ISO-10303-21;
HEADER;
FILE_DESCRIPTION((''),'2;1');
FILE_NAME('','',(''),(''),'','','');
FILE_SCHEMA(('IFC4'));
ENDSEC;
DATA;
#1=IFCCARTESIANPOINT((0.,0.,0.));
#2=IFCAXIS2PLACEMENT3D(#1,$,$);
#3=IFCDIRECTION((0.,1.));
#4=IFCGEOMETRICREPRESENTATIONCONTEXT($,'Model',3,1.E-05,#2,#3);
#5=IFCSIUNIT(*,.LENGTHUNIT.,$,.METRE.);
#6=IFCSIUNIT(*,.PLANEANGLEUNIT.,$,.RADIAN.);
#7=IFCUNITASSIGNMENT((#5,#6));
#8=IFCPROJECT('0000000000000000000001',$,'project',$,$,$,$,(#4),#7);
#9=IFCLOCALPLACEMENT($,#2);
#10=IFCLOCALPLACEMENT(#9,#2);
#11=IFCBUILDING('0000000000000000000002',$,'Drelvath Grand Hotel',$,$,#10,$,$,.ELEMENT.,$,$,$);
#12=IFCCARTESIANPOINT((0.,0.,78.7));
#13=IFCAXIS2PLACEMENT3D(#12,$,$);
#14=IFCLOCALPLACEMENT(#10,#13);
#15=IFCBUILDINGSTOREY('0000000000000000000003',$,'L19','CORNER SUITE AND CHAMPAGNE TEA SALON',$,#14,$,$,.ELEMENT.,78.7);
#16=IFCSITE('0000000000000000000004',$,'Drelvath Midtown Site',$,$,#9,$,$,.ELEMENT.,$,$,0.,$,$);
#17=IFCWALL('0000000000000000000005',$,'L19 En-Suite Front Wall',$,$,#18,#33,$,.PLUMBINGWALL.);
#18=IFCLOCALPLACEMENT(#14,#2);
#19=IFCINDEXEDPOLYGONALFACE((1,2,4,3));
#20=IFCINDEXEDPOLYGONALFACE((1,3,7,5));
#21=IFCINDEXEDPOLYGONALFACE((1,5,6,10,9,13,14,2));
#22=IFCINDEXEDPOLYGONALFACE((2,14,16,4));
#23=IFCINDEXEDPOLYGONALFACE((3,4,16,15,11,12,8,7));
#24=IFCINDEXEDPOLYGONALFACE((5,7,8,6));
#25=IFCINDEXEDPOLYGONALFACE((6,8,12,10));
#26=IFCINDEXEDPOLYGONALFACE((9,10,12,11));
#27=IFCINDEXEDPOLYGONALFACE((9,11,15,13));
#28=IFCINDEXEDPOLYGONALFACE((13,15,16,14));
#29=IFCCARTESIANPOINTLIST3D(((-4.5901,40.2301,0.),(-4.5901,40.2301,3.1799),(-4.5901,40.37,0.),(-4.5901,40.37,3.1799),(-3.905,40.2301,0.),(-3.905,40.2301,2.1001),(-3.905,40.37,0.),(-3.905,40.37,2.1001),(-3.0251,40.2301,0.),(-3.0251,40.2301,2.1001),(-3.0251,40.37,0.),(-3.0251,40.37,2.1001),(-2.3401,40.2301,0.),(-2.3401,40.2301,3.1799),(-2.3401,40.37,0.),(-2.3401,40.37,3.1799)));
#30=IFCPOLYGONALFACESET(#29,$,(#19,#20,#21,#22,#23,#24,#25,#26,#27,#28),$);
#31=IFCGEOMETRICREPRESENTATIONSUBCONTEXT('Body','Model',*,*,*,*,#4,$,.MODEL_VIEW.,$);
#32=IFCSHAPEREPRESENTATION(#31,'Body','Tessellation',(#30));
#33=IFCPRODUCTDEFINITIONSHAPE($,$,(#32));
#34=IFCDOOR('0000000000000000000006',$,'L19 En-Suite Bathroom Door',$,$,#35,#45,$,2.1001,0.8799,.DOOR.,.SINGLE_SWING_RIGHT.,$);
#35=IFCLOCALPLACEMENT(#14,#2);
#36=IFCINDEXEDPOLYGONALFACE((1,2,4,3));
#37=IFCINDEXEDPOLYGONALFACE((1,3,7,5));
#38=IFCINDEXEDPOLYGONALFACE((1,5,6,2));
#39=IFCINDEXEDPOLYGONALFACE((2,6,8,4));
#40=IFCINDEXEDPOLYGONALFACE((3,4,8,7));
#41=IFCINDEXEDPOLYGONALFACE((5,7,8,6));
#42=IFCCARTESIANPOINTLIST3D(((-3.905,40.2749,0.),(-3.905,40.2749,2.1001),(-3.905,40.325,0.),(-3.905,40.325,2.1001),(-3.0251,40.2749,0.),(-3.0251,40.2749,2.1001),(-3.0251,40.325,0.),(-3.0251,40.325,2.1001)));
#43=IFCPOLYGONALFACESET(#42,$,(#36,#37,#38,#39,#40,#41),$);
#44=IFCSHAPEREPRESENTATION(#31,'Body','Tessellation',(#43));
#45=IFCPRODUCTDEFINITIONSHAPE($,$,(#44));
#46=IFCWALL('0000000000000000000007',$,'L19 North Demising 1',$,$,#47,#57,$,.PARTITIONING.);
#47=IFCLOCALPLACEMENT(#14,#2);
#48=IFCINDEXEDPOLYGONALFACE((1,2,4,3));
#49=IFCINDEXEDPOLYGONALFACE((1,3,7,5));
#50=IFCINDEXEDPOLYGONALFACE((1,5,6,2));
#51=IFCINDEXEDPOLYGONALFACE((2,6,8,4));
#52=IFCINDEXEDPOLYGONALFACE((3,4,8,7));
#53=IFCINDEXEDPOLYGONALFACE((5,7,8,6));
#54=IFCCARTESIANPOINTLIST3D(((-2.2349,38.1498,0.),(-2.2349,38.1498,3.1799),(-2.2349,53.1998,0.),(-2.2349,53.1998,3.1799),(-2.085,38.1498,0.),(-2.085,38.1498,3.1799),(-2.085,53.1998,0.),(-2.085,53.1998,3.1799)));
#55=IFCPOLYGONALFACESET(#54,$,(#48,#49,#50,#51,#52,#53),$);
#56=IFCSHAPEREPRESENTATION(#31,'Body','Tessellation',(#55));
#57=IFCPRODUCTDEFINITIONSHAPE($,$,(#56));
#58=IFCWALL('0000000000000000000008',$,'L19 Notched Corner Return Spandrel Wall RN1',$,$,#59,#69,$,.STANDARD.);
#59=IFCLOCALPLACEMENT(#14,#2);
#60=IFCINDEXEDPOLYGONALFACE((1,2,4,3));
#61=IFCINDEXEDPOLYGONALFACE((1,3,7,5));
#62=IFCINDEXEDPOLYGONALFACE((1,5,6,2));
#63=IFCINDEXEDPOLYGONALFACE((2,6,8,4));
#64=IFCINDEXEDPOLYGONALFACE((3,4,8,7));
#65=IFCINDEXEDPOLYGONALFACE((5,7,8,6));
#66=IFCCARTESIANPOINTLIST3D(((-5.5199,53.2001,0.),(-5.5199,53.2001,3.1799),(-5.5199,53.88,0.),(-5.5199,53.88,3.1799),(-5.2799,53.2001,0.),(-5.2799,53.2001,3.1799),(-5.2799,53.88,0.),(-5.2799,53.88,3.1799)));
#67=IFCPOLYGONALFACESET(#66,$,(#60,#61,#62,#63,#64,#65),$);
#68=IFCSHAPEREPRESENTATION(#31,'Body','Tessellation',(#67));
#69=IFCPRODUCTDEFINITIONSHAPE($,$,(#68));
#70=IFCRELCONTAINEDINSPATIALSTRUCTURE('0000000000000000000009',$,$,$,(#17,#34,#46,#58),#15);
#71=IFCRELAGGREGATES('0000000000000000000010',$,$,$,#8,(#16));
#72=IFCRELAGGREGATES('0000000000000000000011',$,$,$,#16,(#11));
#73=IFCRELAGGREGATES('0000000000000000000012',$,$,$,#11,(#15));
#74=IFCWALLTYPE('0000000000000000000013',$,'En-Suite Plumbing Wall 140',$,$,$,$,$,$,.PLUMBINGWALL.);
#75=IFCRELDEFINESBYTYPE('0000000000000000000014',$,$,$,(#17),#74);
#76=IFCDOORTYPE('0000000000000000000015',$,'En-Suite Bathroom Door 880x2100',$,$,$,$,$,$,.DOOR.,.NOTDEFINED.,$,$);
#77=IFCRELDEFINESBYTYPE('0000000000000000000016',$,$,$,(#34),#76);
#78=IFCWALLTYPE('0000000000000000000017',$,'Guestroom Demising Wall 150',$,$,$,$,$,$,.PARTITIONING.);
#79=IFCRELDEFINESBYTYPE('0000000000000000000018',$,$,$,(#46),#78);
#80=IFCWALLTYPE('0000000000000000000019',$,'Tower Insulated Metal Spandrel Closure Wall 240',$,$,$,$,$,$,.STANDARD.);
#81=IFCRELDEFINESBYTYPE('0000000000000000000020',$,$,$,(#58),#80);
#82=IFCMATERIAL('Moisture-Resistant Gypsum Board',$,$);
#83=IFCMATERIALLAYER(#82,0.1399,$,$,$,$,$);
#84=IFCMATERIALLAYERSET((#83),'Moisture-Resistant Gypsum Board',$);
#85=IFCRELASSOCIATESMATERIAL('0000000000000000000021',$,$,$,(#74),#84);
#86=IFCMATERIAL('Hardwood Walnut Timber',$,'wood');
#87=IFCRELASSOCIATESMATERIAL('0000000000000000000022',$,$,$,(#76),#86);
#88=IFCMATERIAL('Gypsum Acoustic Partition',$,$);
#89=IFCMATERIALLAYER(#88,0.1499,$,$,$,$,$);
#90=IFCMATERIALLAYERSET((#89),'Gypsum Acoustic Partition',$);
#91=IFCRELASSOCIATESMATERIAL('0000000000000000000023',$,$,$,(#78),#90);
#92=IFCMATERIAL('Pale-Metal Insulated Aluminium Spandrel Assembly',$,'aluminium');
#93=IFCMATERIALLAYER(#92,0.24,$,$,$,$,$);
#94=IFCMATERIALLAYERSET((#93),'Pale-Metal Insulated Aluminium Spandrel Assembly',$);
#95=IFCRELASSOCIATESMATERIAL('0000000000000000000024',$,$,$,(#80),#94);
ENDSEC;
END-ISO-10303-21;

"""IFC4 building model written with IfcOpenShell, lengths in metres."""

from ifc_helpers import new_model, si_unit, direction, frame, frame_2d, origin, place, context, subcontext, project, spatial, rectangle, extrude, material, layer, layer_set, type_object, element, fill, save


model = new_model("IFC4")

# Units and contexts
model_context = context("Model", 3, precision=1e-05, world=origin(), true_north=direction((0.0, 1.0)))
body_context = subcontext(model_context, "Body", "Model", "MODEL_VIEW")
ifc_project = project(units=[si_unit("LENGTHUNIT", "METRE"), si_unit("PLANEANGLEUNIT", "RADIAN")], contexts=[model_context])

# Site, building, storey
site_placement = place(None, origin())
site = spatial("IfcSite", under=ifc_project, at=site_placement, Name="Drelvath Midtown Site", CompositionType="ELEMENT", RefElevation=0.0)
building_placement = place(site_placement, origin())
building = spatial("IfcBuilding", under=site, at=building_placement, Name="Drelvath Grand Hotel", CompositionType="ELEMENT")
storey_placement = place(building_placement, frame((0.0, 0.0, 78.7)))
storey = spatial("IfcBuildingStorey", under=building, at=storey_placement, Name="L19", Description="CORNER SUITE AND CHAMPAGNE TEA SALON", CompositionType="ELEMENT", Elevation=78.7)

# Shared definitions
ifc_material_1 = material(Name="Moisture-Resistant Gypsum Board")
ifc_layer_1 = layer(ifc_material_1, 0.1399)
ifc_layer_set_1 = layer_set([ifc_layer_1], Name="Moisture-Resistant Gypsum Board")
wall_type_1 = type_object("IfcWallType", Name="En-Suite Plumbing Wall 140", PredefinedType="PLUMBINGWALL", material=ifc_layer_set_1)

# Wall, opening, door
wall_1_placement = place(storey_placement, frame((-4.5901, 40.3, 0.0), z_axis=(0.0, 0.0, 1.0), x_axis=(1.0, 0.0, 0.0)))
wall_1 = element("IfcWall", 1, at=wall_1_placement, inside=storey, type_object=wall_type_1, Name="L19 En-Suite Front Wall", PredefinedType="PLUMBINGWALL", context=body_context, shape_type="SweptSolid", body=[
    extrude(rectangle(XDim=2.25, YDim=0.1399, at=frame_2d((1.125, 0.0))), origin(), (0.0, 0.0, 1.0), 3.1799),
])
opening_placement = place(wall_1_placement, frame((0.6851, 0.0, 0.0)))
opening = element("IfcOpeningElement", 2, at=opening_placement, cuts=wall_1, PredefinedType="OPENING", context=body_context, shape_type="SweptSolid", body=[
    extrude(rectangle(XDim=0.8799, YDim=2.1001, at=frame_2d((0.4399, 1.05))), frame((0.0, 0.0798, 0.0), z_axis=(0.0, -1.0, 0.0), x_axis=(1.0, 0.0, 0.0)), (0.0, 0.0, 1.0), 0.1599),
])
ifc_material_2 = material(Name="Hardwood Walnut Timber", Category="wood")
door_type = type_object("IfcDoorType", Name="En-Suite Bathroom Door 880x2100", OperationType="NOTDEFINED", PredefinedType="DOOR", material=ifc_material_2)
door_placement = place(opening_placement, origin())
door = element("IfcDoor", 3, at=door_placement, inside=storey, type_object=door_type, Name="L19 En-Suite Bathroom Door", OperationType="SINGLE_SWING_RIGHT", OverallHeight=2.1001, OverallWidth=0.8799, PredefinedType="DOOR", context=body_context, shape_type="SweptSolid", body=[
    extrude(rectangle(XDim=0.8799, YDim=2.1001, at=frame_2d((0.4399, 1.05))), frame((0.0, 0.0249, 0.0), z_axis=(0.0, -1.0, 0.0), x_axis=(1.0, 0.0, 0.0)), (0.0, 0.0, 1.0), 0.05),
])
fill(opening, door)

# Walls
ifc_material_3 = material(Name="Gypsum Acoustic Partition")
ifc_layer_2 = layer(ifc_material_3, 0.1499)
ifc_layer_set_2 = layer_set([ifc_layer_2], Name="Gypsum Acoustic Partition")
wall_type_2 = type_object("IfcWallType", Name="Guestroom Demising Wall 150", PredefinedType="PARTITIONING", material=ifc_layer_set_2)
wall_2_placement = place(storey_placement, frame((-2.1599, 38.1499, 0.0), z_axis=(0.0, 0.0, 1.0), x_axis=(0.0, 1.0, 0.0)))
element("IfcWall", 4, at=wall_2_placement, inside=storey, type_object=wall_type_2, Name="L19 North Demising 1", PredefinedType="PARTITIONING", context=body_context, shape_type="SweptSolid", body=[
    extrude(rectangle(XDim=15.05, YDim=0.1499, at=frame_2d((7.5249, 0.0))), origin(), (0.0, 0.0, 1.0), 3.1799),
])
ifc_material_4 = material(Name="Pale-Metal Insulated Aluminium Spandrel Assembly", Category="aluminium")
ifc_layer_3 = layer(ifc_material_4, 0.24)
ifc_layer_set_3 = layer_set([ifc_layer_3], Name="Pale-Metal Insulated Aluminium Spandrel Assembly")
wall_type_3 = type_object("IfcWallType", Name="Tower Insulated Metal Spandrel Closure Wall 240", PredefinedType="STANDARD", material=ifc_layer_set_3)
wall_3_placement = place(storey_placement, frame((-5.3999, 53.8799, 0.0), z_axis=(0.0, 0.0, 1.0), x_axis=(0.0, -1.0, 0.0)))
element("IfcWall", 5, at=wall_3_placement, inside=storey, type_object=wall_type_3, Name="L19 Notched Corner Return Spandrel Wall RN1", PredefinedType="STANDARD", context=body_context, shape_type="SweptSolid", body=[
    extrude(rectangle(XDim=0.6799, YDim=0.24, at=frame_2d((0.3398, 0.0))), origin(), (0.0, 0.0, 1.0), 3.1799),
])

save(model, "model.ifc")
